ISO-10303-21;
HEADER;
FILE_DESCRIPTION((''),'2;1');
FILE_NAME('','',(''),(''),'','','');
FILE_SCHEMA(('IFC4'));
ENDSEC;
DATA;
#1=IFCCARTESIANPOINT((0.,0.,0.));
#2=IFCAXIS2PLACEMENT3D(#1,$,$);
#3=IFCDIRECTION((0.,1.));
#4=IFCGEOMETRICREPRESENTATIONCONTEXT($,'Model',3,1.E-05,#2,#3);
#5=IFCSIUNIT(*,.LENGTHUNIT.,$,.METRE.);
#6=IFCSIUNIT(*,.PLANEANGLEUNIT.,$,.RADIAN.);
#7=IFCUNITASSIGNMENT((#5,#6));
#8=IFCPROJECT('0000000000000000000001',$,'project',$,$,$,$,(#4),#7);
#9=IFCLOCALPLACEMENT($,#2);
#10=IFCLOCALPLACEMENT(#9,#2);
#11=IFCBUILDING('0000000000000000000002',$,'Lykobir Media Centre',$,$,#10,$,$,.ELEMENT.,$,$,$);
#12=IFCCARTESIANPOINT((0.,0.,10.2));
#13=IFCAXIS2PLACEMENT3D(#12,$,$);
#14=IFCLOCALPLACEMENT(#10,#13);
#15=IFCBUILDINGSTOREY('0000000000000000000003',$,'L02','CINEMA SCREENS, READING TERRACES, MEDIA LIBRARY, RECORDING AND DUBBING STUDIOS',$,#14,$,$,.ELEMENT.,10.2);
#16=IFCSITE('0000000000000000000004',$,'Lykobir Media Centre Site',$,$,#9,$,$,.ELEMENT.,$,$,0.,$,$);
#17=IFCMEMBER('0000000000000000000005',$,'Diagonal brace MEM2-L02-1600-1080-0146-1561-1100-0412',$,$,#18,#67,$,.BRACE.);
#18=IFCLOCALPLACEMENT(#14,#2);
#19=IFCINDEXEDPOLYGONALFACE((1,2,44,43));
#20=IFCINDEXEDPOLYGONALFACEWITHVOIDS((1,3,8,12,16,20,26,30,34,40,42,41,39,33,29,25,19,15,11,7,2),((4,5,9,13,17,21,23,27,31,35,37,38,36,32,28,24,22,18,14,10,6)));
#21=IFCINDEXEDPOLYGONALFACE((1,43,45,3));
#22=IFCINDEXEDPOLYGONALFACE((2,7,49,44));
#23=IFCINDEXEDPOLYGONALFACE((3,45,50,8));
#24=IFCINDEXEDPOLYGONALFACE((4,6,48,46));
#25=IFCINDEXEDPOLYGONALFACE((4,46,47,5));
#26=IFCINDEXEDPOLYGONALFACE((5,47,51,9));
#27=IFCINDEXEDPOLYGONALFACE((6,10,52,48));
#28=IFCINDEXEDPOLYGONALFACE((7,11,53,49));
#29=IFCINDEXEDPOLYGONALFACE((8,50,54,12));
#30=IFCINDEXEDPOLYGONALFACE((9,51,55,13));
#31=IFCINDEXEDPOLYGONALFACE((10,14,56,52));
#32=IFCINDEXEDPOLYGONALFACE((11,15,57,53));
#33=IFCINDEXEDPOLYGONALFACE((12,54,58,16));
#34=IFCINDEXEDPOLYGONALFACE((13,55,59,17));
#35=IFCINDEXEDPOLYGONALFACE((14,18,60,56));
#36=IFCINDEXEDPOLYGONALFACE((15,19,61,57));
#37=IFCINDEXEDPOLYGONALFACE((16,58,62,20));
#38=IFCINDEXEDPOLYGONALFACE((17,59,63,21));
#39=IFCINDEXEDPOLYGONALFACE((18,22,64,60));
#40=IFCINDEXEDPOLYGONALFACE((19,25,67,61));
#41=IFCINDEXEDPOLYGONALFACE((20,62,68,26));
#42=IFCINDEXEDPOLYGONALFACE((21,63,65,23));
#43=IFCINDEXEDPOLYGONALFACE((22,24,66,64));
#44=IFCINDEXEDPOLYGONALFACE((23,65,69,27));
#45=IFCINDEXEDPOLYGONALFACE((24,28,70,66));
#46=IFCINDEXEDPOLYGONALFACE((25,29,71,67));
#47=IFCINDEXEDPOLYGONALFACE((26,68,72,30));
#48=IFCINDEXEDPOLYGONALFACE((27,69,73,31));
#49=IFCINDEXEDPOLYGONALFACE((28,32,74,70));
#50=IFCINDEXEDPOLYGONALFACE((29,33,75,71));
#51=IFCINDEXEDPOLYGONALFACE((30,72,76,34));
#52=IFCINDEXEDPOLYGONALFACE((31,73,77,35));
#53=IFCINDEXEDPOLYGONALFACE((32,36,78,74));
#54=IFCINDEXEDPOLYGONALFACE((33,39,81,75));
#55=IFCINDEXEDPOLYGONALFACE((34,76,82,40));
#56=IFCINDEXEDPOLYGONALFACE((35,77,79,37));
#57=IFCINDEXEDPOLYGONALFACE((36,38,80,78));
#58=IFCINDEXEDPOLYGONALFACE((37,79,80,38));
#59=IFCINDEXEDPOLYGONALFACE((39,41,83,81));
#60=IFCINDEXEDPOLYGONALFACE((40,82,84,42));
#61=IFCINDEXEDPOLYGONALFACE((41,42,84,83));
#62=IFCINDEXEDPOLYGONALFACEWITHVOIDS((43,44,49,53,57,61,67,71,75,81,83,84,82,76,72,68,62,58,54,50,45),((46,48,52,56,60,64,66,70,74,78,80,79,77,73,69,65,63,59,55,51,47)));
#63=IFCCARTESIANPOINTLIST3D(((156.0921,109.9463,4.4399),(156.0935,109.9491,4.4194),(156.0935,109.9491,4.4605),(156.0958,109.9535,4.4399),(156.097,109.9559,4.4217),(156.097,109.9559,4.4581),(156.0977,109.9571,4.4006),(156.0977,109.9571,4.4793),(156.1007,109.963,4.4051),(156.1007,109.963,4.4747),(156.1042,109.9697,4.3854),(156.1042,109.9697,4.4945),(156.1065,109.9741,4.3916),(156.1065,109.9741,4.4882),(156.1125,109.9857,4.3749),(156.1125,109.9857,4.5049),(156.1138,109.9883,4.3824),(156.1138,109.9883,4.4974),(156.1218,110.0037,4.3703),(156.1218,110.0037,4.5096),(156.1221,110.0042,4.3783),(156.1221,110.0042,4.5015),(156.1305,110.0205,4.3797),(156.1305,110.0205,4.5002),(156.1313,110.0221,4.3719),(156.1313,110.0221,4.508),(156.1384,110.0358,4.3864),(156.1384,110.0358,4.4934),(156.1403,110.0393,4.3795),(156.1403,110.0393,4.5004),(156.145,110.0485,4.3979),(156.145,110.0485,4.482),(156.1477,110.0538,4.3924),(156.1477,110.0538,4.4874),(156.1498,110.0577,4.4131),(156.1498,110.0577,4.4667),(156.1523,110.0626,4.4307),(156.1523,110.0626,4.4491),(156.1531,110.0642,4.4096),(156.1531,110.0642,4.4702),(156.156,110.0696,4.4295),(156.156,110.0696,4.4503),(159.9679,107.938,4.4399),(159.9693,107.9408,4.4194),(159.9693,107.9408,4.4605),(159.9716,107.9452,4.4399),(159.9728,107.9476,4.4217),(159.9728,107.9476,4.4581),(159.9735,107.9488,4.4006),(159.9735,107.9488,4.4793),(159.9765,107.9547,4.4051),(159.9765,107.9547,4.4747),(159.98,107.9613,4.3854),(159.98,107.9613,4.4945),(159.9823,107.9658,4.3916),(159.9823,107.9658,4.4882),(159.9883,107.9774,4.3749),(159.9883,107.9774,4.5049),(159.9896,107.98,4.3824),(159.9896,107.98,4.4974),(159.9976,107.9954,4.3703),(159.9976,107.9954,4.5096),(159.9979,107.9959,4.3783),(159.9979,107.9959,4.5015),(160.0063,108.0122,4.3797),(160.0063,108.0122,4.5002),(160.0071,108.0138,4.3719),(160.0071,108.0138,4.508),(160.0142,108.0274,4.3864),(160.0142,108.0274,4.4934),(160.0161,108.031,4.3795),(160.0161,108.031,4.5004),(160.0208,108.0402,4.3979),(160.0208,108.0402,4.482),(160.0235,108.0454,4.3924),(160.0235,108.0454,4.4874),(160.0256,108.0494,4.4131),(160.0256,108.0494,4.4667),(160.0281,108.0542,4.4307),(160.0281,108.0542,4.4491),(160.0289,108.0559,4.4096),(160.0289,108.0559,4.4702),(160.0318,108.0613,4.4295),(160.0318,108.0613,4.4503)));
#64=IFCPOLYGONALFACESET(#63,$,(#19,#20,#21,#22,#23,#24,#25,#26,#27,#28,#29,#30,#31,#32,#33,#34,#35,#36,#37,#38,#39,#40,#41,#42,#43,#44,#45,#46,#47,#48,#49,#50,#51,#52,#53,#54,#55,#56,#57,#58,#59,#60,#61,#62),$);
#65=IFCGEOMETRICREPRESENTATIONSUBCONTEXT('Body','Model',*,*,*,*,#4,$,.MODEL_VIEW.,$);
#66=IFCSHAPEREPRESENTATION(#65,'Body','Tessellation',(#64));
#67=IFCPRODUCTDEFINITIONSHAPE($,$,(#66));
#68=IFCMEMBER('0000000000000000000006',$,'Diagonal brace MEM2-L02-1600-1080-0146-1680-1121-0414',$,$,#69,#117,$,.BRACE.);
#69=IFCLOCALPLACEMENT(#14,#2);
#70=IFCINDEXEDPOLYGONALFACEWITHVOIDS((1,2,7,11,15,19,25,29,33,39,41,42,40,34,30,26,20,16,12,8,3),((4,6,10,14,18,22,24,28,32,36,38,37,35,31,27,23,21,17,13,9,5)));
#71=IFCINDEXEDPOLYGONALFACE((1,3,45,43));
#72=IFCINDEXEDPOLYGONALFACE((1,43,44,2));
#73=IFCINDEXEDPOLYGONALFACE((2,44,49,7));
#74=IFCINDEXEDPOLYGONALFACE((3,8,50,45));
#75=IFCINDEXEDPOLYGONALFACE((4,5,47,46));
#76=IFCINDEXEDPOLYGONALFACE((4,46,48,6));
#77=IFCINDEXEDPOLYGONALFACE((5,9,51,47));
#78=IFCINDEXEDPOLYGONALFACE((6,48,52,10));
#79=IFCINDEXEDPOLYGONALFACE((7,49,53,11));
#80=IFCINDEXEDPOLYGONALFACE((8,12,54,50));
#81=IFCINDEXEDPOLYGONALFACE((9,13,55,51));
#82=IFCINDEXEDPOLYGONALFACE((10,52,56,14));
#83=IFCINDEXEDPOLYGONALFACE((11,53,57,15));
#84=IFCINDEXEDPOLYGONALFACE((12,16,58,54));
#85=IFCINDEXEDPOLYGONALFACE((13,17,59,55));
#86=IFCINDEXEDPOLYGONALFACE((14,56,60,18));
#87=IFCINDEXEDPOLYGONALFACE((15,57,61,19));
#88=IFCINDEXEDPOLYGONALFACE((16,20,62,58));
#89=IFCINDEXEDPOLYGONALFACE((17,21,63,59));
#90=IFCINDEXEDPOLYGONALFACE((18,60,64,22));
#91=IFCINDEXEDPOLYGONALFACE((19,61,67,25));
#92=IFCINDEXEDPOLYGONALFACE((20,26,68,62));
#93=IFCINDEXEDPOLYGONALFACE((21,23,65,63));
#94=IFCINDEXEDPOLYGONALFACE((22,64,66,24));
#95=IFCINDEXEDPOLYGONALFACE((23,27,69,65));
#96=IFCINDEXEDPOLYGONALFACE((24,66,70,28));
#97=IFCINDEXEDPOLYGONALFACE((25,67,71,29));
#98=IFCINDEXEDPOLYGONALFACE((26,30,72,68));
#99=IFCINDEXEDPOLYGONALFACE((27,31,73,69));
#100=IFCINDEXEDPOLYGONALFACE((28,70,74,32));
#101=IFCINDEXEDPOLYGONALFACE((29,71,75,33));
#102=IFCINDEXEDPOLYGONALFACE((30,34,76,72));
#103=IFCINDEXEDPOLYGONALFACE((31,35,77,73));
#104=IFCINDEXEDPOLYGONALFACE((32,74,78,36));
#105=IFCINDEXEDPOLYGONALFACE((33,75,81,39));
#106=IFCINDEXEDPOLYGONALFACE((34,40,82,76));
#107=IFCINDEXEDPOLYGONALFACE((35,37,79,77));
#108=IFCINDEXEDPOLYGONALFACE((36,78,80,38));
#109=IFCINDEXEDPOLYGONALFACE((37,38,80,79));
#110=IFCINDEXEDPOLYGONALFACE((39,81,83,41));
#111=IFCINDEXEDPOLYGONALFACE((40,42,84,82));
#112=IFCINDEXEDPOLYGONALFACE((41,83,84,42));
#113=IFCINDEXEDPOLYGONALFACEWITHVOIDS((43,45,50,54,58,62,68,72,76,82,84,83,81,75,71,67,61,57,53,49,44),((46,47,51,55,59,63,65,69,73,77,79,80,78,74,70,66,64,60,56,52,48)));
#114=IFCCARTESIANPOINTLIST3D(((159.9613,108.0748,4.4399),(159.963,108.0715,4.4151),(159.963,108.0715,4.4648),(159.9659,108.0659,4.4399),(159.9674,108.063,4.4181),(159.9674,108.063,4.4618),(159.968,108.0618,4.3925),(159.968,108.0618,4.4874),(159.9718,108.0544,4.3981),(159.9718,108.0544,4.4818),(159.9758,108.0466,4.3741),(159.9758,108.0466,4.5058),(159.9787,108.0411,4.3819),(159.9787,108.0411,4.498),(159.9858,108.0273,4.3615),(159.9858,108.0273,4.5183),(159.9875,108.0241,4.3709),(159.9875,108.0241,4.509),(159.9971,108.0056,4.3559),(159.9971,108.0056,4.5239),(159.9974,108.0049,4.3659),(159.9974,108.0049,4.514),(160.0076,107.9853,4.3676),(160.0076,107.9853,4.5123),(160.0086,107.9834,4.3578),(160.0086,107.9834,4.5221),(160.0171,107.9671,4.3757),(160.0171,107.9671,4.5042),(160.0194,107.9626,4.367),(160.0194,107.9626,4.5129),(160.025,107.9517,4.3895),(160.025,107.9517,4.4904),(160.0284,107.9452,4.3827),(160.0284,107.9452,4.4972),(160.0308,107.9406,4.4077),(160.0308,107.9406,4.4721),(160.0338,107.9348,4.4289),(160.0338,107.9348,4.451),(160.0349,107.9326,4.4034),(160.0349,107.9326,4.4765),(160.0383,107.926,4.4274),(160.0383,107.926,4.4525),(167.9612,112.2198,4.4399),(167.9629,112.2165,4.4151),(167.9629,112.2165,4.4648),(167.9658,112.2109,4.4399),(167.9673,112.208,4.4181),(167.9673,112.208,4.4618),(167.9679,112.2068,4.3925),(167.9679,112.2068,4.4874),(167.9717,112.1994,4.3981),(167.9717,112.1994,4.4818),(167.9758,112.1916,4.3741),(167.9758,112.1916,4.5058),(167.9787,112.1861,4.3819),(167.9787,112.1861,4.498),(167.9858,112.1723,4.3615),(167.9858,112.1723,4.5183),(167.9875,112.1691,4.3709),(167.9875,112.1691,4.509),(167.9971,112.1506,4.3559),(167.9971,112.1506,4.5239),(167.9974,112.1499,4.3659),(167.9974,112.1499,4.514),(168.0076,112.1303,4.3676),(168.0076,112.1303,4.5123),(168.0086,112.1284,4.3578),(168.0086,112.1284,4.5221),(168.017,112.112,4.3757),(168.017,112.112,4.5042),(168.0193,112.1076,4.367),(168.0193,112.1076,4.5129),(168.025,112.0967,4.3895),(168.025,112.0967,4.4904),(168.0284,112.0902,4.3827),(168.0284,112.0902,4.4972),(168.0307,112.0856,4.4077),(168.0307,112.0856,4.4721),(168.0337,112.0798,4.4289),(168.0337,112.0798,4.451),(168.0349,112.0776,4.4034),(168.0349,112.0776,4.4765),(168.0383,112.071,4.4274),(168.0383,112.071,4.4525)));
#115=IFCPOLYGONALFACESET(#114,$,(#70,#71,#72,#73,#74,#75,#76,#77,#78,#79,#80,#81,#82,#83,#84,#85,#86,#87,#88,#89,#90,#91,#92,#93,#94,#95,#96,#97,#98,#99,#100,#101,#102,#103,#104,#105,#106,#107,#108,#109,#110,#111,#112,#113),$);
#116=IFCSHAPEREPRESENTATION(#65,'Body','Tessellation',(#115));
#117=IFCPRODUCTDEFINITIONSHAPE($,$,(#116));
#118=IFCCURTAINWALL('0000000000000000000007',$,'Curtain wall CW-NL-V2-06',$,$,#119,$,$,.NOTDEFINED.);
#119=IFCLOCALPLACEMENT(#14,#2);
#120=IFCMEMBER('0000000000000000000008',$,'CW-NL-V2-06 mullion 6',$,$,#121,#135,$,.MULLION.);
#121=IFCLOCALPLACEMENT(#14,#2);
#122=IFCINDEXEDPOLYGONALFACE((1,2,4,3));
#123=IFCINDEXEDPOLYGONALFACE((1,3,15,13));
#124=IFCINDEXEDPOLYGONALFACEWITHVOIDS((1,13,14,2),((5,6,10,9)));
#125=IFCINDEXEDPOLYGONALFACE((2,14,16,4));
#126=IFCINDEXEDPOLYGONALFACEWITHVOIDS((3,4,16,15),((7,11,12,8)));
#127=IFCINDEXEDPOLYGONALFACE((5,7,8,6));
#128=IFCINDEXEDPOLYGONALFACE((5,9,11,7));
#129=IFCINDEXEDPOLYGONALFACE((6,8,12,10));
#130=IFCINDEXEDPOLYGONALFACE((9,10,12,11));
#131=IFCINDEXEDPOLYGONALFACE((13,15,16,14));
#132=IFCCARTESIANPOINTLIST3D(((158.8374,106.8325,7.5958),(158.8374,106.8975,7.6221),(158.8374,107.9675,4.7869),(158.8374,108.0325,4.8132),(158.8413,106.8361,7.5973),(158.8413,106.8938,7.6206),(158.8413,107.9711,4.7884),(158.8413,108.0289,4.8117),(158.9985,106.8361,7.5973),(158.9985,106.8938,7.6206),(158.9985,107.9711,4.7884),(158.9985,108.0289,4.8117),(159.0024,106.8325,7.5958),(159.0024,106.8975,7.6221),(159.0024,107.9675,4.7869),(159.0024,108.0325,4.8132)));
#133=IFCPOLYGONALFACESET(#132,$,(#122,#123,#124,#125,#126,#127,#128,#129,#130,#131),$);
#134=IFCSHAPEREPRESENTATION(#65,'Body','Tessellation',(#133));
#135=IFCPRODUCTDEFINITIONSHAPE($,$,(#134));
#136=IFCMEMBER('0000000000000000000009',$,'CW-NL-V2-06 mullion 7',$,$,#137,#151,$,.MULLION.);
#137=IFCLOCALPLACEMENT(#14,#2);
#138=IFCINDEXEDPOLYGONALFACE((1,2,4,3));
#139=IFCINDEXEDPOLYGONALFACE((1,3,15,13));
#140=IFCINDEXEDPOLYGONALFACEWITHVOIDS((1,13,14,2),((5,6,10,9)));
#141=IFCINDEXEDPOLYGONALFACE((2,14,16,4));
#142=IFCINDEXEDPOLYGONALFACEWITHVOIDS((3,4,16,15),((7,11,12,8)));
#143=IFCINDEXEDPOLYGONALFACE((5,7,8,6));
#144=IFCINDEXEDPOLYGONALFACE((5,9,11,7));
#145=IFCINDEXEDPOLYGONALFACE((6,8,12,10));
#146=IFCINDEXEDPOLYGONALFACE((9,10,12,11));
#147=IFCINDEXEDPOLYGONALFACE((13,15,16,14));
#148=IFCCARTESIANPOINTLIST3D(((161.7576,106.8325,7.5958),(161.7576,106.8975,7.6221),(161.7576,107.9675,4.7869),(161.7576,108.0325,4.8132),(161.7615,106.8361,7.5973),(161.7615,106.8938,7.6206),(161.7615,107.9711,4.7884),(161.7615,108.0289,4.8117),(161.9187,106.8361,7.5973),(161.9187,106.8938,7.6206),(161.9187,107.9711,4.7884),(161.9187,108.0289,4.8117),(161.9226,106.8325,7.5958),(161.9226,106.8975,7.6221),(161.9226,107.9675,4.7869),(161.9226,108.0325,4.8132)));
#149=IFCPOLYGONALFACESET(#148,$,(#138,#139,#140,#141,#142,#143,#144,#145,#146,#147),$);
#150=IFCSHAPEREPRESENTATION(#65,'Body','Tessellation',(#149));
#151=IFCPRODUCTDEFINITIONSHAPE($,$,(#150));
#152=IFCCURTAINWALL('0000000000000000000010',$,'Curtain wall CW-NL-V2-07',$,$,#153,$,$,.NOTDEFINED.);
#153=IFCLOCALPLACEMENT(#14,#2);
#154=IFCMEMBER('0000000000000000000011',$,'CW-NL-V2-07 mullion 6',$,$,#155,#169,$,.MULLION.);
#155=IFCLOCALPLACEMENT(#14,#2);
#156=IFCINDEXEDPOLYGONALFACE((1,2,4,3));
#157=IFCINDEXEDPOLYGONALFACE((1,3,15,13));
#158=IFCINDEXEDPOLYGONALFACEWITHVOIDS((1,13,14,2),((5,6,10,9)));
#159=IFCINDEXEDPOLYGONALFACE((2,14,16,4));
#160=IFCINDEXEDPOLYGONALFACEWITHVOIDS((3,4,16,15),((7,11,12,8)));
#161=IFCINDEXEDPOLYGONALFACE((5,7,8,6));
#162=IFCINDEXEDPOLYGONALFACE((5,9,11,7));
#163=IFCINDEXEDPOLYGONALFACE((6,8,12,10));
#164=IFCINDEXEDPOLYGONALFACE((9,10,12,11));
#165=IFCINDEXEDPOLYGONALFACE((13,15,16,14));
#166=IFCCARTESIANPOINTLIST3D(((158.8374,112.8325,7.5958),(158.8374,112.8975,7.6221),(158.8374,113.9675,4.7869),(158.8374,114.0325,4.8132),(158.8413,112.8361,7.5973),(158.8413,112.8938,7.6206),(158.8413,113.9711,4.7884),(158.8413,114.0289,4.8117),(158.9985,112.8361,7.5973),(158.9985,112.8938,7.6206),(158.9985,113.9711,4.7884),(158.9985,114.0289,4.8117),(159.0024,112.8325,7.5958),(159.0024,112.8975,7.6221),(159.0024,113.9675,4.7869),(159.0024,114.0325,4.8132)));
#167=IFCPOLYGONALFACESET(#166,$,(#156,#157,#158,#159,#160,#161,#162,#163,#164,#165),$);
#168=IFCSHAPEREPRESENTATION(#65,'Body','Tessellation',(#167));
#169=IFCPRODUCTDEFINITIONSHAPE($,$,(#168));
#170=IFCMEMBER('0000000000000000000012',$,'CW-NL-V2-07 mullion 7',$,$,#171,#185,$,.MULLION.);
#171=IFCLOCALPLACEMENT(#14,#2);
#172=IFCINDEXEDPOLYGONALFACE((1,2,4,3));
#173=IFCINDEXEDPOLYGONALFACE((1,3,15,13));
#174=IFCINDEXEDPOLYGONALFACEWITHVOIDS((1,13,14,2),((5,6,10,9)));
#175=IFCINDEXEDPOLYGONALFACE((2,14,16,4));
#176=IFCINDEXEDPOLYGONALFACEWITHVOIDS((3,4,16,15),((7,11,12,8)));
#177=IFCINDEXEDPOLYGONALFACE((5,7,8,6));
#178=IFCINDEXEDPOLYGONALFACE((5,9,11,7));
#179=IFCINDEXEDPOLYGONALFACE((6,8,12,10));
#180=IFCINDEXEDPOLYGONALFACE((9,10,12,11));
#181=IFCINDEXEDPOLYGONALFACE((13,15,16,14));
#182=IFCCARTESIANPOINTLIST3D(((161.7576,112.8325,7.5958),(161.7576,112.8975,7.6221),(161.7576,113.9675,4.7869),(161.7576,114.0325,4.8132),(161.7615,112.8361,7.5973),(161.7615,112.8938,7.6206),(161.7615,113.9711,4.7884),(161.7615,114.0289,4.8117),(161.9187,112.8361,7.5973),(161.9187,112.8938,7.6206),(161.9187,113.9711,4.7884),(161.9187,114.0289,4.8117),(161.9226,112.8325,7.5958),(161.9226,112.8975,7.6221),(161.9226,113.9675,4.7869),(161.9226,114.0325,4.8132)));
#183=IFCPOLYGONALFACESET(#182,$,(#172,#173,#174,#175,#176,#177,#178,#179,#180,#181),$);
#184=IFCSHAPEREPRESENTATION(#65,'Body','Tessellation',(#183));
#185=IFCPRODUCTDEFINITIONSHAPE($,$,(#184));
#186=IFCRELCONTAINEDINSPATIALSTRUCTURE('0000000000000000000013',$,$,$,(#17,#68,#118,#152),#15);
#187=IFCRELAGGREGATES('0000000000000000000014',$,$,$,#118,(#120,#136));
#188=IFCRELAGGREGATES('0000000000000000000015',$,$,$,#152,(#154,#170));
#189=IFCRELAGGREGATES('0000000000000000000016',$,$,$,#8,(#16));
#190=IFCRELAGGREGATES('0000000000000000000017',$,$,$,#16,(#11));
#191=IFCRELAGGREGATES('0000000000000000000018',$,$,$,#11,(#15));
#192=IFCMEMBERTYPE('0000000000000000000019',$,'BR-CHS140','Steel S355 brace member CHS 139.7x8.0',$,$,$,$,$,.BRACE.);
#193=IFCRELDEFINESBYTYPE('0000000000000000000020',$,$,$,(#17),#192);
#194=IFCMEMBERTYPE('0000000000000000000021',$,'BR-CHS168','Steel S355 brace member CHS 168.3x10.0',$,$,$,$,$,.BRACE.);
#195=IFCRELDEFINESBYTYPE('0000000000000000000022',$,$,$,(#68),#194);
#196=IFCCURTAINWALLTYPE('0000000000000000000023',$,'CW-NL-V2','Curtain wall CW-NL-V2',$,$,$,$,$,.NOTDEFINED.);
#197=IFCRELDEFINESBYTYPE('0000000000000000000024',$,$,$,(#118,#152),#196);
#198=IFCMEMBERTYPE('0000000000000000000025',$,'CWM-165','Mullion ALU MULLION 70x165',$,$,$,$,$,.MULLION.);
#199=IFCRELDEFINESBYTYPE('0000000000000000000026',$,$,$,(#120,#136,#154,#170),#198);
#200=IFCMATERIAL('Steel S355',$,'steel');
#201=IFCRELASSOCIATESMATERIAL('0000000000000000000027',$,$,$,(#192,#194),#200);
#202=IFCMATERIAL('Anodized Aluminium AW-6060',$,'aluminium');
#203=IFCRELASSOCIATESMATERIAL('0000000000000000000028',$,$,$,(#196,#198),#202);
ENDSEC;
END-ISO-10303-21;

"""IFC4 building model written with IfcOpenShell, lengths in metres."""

from ifc_helpers import new_model, si_unit, direction, frame, origin, origin_2d, place, context, subcontext, project, spatial, hollow_rectangle, hollow_circle, extrude, material, material_profile, profile_set, type_object, element, aggregate, save


model = new_model("IFC4")

# Units and contexts
model_context = context("Model", 3, precision=1e-05, world=origin(), true_north=direction((0.0, 1.0)))
body_context = subcontext(model_context, "Body", "Model", "MODEL_VIEW")
ifc_project = project(units=[si_unit("LENGTHUNIT", "METRE"), si_unit("PLANEANGLEUNIT", "RADIAN")], contexts=[model_context])

# Site, building, storey
site_placement = place(None, origin())
site = spatial("IfcSite", under=ifc_project, at=site_placement, Name="Lykobir Media Centre Site", CompositionType="ELEMENT", RefElevation=0.0)
building_placement = place(site_placement, origin())
building = spatial("IfcBuilding", under=site, at=building_placement, Name="Lykobir Media Centre", CompositionType="ELEMENT")
storey_placement = place(building_placement, frame((0.0, 0.0, 10.2)))
storey = spatial("IfcBuildingStorey", under=building, at=storey_placement, Name="L02", Description="CINEMA SCREENS, READING TERRACES, MEDIA LIBRARY, RECORDING AND DUBBING STUDIOS", CompositionType="ELEMENT", Elevation=10.2)

# Members
ifc_material_1 = material(Name="Steel S355", Category="steel")
ifc_material_profile_1 = material_profile(ifc_material_1, hollow_circle(Radius=0.0698, WallThickness=0.0081, at=origin_2d()), Name="CHS 139.7x8.0")
ifc_profile_set_1 = profile_set([ifc_material_profile_1], Name="Steel S355")
member_type_1 = type_object("IfcMemberType", Name="BR-CHS140", Description="Steel S355 brace member CHS 139.7x8.0", PredefinedType="BRACE", material=ifc_profile_set_1)
member_1_placement = place(storey_placement, frame((160.0, 108.0, 4.4399), z_axis=(-0.88788, 0.460076, 0.0), x_axis=(-0.460076, -0.88788, 0.0)))
element("IfcMember", 1, at=member_1_placement, inside=storey, type_object=member_type_1, Name="Diagonal brace MEM2-L02-1600-1080-0146-1561-1100-0412", PredefinedType="BRACE", context=body_context, shape_type="SweptSolid", body=[
    extrude(hollow_circle(Radius=0.0698, WallThickness=0.0081, at=origin_2d()), origin(), (0.0, 0.0, 1.0), 4.3652),
])
ifc_material_profile_2 = material_profile(ifc_material_1, hollow_circle(Radius=0.0842, WallThickness=0.01, at=origin_2d()), Name="CHS 168.3x10.0")
ifc_profile_set_2 = profile_set([ifc_material_profile_2], Name="Steel S355")
member_type_2 = type_object("IfcMemberType", Name="BR-CHS168", Description="Steel S355 brace member CHS 168.3x10.0", PredefinedType="BRACE", material=ifc_profile_set_2)
member_2_placement = place(storey_placement, frame((160.0, 108.0, 4.4399), z_axis=(0.887896, 0.460043, 0.0), x_axis=(-0.460043, 0.887896, 0.0)))
element("IfcMember", 2, at=member_2_placement, inside=storey, type_object=member_type_2, Name="Diagonal brace MEM2-L02-1600-1080-0146-1680-1121-0414", PredefinedType="BRACE", context=body_context, shape_type="SweptSolid", body=[
    extrude(hollow_circle(Radius=0.0842, WallThickness=0.01, at=origin_2d()), origin(), (0.0, 0.0, 1.0), 9.01),
])

# Curtain walls, members
ifc_material_2 = material(Name="Anodized Aluminium AW-6060", Category="aluminium")
curtain_wall_type = type_object("IfcCurtainWallType", Name="CW-NL-V2", Description="Curtain wall CW-NL-V2", PredefinedType="NOTDEFINED", material=ifc_material_2)
curtain_wall_1_placement = place(storey_placement, origin())
curtain_wall_1 = element("IfcCurtainWall", 3, at=curtain_wall_1_placement, inside=storey, type_object=curtain_wall_type, Name="Curtain wall CW-NL-V2-06", PredefinedType="NOTDEFINED")
ifc_material_profile_3 = material_profile(ifc_material_2, hollow_rectangle(XDim=0.0701, YDim=0.165, WallThickness=0.0039, at=origin_2d()), Name="ALU MULLION 70x165")
ifc_profile_set_3 = profile_set([ifc_material_profile_3], Name="Anodized Aluminium AW-6060")
member_type_3 = type_object("IfcMemberType", Name="CWM-165", Description="Mullion ALU MULLION 70x165", PredefinedType="MULLION", material=ifc_profile_set_3)
member_3_placement = place(storey_placement, frame((158.9199, 108.0, 4.8), z_axis=(0.0, -0.374654, 0.927165), x_axis=(0.0, 0.927165, 0.374654)))
member_3 = element("IfcMember", 4, at=member_3_placement, type_object=member_type_3, Name="CW-NL-V2-06 mullion 6", PredefinedType="MULLION", context=body_context, shape_type="SweptSolid", body=[
    extrude(hollow_rectangle(XDim=0.0701, YDim=0.165, WallThickness=0.0039, at=origin_2d()), origin(), (0.0, 0.0, 1.0), 3.0295),
])
member_4_placement = place(storey_placement, frame((161.8401, 108.0, 4.8), z_axis=(0.0, -0.374654, 0.927165), x_axis=(0.0, 0.927165, 0.374654)))
member_4 = element("IfcMember", 5, at=member_4_placement, type_object=member_type_3, Name="CW-NL-V2-06 mullion 7", PredefinedType="MULLION", context=body_context, shape_type="SweptSolid", body=[
    extrude(hollow_rectangle(XDim=0.0701, YDim=0.165, WallThickness=0.0039, at=origin_2d()), origin(), (0.0, 0.0, 1.0), 3.0295),
])
curtain_wall_2_placement = place(storey_placement, origin())
curtain_wall_2 = element("IfcCurtainWall", 6, at=curtain_wall_2_placement, inside=storey, type_object=curtain_wall_type, Name="Curtain wall CW-NL-V2-07", PredefinedType="NOTDEFINED")
member_5_placement = place(storey_placement, frame((158.9199, 114.0, 4.8), z_axis=(0.0, -0.374654, 0.927165), x_axis=(0.0, 0.927165, 0.374654)))
member_5 = element("IfcMember", 7, at=member_5_placement, type_object=member_type_3, Name="CW-NL-V2-07 mullion 6", PredefinedType="MULLION", context=body_context, shape_type="SweptSolid", body=[
    extrude(hollow_rectangle(XDim=0.0701, YDim=0.165, WallThickness=0.0039, at=origin_2d()), origin(), (0.0, 0.0, 1.0), 3.0295),
])
member_6_placement = place(storey_placement, frame((161.8401, 114.0, 4.8), z_axis=(0.0, -0.374654, 0.927165), x_axis=(0.0, 0.927165, 0.374654)))
member_6 = element("IfcMember", 8, at=member_6_placement, type_object=member_type_3, Name="CW-NL-V2-07 mullion 7", PredefinedType="MULLION", context=body_context, shape_type="SweptSolid", body=[
    extrude(hollow_rectangle(XDim=0.0701, YDim=0.165, WallThickness=0.0039, at=origin_2d()), origin(), (0.0, 0.0, 1.0), 3.0295),
])

aggregate(curtain_wall_1, [member_3, member_4])
aggregate(curtain_wall_2, [member_5, member_6])

save(model, "model.ifc")
